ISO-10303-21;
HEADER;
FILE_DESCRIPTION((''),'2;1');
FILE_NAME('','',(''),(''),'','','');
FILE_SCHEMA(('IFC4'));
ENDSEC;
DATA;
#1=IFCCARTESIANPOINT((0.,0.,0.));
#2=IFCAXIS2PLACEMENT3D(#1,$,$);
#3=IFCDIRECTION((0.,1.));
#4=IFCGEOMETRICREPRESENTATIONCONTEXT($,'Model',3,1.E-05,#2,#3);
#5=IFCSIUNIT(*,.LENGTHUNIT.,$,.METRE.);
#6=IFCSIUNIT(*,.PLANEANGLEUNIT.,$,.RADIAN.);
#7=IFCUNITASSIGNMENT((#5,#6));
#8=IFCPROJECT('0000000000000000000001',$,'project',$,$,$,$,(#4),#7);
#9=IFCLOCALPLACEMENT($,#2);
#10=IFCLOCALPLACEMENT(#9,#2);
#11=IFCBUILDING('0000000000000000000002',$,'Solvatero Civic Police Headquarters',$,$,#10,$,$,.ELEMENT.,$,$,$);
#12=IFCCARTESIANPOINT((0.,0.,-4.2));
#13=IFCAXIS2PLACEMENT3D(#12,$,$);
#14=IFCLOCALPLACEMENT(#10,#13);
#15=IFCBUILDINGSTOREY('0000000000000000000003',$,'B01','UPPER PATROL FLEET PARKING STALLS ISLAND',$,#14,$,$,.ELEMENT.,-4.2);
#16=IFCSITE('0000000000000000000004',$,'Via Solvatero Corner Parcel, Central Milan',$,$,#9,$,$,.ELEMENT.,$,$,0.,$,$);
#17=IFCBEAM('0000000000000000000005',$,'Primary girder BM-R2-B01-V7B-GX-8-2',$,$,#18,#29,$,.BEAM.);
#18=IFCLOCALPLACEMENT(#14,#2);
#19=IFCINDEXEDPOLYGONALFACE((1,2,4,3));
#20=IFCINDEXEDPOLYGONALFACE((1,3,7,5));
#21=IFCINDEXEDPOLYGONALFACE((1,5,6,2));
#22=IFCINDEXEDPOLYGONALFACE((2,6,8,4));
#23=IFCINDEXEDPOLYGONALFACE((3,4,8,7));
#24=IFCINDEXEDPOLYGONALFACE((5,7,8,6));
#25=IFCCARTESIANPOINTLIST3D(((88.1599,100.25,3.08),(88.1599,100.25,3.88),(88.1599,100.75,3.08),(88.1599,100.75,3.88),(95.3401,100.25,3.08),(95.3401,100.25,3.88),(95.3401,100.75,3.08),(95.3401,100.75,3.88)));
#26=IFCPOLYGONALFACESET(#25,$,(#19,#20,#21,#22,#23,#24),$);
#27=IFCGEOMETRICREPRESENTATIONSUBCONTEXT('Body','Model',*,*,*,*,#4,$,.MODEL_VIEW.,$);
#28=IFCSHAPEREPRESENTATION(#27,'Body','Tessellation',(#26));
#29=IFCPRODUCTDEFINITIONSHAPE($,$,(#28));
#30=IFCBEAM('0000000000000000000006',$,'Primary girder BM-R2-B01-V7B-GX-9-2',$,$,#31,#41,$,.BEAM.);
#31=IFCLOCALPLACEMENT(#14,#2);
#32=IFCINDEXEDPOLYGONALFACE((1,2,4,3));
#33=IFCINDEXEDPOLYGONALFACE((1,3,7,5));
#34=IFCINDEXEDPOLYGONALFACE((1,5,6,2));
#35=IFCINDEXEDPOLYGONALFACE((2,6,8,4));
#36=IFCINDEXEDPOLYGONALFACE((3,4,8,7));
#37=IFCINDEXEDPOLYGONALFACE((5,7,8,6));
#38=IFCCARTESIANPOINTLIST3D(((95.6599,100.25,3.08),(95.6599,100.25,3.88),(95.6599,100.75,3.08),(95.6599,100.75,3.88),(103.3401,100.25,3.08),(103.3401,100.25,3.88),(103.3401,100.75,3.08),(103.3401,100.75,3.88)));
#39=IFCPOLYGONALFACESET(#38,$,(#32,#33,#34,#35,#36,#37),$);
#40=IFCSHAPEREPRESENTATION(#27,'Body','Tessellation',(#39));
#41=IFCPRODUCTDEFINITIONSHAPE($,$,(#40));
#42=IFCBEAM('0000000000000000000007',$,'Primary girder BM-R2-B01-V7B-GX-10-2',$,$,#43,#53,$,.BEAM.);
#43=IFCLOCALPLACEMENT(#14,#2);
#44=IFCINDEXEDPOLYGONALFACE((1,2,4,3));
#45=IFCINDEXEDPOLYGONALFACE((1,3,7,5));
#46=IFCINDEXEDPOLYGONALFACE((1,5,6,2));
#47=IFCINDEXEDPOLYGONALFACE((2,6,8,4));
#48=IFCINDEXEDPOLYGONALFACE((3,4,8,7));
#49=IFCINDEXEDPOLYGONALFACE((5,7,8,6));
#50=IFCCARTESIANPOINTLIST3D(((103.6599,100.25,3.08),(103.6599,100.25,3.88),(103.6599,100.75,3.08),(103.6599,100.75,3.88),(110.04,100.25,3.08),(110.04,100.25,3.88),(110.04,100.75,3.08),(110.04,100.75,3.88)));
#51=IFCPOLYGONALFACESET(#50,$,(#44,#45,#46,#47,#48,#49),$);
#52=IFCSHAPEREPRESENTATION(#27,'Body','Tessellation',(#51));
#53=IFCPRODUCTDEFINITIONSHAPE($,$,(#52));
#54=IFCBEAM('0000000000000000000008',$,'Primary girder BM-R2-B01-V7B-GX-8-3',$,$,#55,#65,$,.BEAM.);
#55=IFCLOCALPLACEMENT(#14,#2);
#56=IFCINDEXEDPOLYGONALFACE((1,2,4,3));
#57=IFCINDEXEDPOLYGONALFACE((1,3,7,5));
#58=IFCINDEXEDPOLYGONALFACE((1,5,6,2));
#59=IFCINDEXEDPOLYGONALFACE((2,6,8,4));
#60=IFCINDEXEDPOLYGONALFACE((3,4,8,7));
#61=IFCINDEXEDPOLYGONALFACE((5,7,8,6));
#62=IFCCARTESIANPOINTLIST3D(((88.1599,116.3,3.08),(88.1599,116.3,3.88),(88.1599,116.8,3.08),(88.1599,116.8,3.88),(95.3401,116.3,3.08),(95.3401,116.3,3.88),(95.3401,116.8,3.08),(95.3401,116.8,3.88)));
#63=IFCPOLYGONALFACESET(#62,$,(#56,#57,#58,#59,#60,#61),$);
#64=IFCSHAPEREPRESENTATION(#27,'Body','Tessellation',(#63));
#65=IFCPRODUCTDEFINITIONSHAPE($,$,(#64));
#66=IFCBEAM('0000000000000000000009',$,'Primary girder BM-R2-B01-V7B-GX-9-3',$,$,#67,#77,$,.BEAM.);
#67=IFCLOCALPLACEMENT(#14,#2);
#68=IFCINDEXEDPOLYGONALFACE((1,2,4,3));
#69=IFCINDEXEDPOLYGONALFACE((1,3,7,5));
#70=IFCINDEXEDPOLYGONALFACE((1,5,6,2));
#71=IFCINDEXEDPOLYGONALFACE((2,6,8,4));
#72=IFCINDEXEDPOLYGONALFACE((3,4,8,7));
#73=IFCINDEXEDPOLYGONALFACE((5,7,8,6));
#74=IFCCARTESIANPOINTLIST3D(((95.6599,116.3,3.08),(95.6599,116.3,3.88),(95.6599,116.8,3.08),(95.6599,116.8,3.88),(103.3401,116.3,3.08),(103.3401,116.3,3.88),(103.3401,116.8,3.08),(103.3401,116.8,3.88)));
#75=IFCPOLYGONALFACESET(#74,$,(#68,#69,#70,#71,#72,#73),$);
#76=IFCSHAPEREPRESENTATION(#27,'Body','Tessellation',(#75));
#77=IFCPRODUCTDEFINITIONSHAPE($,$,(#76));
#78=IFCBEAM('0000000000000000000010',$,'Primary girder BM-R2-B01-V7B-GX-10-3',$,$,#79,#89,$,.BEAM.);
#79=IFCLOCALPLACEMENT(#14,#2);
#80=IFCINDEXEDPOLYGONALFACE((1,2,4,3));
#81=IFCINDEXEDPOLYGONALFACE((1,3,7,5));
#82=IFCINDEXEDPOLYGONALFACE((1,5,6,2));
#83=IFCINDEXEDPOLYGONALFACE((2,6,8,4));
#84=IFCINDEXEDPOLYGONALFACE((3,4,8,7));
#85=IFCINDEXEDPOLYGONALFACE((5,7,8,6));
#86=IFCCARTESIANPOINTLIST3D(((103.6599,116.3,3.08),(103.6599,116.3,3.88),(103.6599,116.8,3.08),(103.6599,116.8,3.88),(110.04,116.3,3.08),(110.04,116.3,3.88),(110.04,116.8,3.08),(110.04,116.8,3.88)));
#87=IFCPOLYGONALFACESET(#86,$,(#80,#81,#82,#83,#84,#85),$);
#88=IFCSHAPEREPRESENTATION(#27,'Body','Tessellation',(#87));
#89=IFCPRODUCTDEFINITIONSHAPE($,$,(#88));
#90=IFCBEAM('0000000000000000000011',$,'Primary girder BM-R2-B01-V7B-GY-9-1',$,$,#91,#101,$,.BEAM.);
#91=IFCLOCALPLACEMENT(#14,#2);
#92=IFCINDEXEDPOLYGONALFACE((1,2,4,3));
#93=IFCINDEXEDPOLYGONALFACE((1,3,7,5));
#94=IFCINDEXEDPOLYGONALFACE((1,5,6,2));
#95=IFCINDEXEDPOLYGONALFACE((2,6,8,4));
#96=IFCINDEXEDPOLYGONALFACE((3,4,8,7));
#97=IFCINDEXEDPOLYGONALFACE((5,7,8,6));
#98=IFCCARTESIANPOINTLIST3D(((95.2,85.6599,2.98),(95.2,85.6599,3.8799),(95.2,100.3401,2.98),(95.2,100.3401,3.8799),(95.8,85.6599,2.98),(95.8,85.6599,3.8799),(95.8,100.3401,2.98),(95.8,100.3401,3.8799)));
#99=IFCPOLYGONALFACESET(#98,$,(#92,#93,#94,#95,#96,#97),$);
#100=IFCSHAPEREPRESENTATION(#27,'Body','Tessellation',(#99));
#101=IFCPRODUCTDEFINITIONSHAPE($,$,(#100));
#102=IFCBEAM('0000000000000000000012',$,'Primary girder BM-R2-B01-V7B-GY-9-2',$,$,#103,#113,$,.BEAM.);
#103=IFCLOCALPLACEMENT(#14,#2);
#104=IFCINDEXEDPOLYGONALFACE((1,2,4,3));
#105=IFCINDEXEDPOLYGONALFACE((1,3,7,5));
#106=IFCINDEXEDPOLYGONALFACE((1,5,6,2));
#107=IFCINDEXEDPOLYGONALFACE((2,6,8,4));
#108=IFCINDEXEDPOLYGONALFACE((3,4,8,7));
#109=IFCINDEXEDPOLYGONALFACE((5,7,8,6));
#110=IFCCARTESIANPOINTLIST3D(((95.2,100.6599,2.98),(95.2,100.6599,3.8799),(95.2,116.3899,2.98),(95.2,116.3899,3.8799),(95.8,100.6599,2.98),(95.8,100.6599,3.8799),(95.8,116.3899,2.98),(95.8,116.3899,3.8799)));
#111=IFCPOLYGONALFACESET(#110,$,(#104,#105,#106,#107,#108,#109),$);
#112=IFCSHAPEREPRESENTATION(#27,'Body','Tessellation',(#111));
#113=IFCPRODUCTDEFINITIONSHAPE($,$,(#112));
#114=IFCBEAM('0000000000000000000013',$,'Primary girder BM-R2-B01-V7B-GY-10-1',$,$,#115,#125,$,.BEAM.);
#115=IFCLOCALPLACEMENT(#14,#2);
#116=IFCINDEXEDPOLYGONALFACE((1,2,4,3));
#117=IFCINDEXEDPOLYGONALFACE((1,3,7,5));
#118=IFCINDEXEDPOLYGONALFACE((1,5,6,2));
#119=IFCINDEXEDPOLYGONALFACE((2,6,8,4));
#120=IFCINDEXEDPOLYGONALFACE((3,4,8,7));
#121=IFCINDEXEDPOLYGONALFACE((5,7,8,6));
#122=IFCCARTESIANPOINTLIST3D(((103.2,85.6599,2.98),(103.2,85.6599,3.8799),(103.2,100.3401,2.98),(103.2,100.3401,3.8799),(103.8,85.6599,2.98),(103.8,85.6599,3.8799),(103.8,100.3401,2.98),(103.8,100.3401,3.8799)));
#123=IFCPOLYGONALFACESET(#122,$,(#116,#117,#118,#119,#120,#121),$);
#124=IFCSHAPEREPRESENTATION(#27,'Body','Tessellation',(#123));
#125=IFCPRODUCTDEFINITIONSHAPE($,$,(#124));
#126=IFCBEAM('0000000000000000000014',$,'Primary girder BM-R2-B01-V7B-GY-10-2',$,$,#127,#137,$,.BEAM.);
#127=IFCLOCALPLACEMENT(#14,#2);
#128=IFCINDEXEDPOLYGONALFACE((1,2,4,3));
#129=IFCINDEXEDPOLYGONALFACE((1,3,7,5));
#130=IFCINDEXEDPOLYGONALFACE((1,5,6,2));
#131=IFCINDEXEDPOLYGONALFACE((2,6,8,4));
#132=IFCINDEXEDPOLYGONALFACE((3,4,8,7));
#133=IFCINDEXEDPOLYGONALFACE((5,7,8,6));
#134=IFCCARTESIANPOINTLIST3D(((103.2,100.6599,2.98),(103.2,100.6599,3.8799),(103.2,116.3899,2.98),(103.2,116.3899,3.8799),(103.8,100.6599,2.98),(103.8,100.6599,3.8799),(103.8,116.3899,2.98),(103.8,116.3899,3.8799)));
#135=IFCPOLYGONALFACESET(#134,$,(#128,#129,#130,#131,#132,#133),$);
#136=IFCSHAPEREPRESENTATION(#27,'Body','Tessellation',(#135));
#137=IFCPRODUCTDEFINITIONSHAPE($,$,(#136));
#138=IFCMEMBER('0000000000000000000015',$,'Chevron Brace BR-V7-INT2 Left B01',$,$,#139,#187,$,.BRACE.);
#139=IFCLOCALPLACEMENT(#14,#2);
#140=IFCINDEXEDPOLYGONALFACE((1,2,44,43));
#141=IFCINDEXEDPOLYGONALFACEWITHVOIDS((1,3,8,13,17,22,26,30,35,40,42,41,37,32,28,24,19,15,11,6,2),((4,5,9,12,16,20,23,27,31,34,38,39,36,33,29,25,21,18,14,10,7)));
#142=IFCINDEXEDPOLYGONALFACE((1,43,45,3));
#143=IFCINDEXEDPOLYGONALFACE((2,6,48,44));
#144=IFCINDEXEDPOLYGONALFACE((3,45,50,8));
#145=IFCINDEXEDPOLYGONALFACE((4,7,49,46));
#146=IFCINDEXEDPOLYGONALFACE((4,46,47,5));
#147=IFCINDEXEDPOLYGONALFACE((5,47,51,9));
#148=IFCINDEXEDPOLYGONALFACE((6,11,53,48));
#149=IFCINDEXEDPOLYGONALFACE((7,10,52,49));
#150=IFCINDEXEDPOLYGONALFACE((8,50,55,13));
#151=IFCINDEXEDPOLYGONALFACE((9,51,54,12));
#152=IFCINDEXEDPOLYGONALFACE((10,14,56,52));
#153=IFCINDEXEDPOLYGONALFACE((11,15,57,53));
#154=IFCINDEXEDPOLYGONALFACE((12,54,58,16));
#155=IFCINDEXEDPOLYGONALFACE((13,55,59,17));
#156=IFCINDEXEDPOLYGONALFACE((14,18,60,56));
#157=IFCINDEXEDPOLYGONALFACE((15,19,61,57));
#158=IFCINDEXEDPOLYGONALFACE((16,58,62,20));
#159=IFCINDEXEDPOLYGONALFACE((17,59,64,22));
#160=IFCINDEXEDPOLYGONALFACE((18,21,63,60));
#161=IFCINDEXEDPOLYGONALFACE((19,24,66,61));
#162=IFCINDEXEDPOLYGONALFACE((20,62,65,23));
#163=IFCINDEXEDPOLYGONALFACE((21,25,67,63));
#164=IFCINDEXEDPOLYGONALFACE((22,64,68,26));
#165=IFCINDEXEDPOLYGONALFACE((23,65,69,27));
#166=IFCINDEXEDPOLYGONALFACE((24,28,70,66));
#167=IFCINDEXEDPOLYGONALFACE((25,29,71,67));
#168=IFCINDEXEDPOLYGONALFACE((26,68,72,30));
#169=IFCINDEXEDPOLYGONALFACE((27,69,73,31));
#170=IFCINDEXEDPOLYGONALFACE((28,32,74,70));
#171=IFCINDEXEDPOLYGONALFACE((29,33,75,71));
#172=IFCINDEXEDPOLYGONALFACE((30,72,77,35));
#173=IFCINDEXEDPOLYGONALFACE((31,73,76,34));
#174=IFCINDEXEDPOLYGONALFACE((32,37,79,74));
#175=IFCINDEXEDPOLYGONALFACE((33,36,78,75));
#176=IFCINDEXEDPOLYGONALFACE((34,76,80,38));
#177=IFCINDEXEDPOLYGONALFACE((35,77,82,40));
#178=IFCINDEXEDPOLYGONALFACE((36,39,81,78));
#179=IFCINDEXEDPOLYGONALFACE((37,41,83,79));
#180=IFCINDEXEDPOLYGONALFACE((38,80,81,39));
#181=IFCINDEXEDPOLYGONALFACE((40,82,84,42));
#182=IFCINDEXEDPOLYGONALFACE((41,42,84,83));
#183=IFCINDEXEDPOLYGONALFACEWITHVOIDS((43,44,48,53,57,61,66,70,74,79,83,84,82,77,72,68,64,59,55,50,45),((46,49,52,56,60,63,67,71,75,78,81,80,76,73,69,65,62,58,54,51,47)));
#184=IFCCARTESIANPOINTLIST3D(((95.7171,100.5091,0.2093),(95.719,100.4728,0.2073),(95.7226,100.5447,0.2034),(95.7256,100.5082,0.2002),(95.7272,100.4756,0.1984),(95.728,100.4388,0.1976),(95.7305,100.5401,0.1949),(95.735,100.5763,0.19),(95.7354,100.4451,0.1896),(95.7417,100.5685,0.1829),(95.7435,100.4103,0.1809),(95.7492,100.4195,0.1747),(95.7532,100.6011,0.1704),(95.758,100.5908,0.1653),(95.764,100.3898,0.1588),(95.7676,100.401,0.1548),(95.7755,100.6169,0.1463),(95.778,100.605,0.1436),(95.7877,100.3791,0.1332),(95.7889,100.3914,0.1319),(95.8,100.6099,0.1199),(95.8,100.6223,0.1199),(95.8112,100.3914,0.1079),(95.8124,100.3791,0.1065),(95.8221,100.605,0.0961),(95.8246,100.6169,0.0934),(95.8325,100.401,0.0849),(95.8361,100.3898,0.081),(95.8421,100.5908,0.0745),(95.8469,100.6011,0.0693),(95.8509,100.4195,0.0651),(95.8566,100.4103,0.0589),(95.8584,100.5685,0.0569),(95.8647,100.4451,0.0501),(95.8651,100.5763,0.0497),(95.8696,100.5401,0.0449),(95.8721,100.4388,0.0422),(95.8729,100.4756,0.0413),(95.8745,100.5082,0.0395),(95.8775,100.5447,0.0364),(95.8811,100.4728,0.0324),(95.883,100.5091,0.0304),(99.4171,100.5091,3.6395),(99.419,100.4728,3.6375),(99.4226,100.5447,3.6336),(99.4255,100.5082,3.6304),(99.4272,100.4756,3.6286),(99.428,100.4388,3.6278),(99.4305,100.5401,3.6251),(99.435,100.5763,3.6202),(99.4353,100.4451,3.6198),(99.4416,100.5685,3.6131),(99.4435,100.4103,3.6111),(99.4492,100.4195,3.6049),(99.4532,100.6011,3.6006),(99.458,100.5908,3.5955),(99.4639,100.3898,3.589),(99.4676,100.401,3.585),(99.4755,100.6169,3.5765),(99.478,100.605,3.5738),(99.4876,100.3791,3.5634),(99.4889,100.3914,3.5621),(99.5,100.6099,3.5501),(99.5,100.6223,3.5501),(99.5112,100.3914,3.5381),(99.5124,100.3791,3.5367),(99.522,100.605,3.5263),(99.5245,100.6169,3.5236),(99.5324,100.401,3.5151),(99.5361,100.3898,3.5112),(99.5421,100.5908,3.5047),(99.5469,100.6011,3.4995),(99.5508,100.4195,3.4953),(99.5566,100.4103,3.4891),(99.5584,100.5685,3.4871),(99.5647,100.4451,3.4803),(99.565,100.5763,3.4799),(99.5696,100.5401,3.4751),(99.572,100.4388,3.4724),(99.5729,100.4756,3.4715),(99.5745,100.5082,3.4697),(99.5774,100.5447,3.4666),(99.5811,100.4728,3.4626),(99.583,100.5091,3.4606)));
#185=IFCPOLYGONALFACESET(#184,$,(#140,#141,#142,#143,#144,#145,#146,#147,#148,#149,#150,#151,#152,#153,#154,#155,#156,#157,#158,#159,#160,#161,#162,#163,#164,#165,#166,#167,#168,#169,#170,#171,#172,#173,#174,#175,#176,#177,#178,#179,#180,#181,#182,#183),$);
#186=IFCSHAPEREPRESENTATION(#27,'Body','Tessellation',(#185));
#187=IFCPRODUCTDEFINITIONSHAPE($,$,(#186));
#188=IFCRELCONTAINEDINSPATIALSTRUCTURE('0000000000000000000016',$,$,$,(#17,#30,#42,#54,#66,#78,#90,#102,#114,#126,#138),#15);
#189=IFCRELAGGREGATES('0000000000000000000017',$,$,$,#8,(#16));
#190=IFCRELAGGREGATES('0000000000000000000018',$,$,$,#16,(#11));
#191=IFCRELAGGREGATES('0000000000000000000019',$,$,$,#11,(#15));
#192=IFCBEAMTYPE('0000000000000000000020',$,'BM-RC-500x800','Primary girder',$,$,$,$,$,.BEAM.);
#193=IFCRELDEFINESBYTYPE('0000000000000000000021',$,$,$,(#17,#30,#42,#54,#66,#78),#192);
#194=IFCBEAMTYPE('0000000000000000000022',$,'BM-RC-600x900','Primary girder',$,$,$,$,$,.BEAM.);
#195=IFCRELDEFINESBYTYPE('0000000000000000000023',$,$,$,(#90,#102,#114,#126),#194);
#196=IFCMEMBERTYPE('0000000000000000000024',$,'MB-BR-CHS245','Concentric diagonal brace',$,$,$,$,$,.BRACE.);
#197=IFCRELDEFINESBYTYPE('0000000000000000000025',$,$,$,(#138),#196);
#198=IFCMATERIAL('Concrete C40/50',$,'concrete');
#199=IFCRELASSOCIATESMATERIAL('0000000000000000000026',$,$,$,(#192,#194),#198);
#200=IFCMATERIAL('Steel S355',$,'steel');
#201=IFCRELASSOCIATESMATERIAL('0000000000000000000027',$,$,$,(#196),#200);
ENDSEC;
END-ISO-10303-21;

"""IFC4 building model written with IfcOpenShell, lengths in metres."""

from ifc_helpers import new_model, si_unit, direction, frame, origin, origin_2d, place, context, subcontext, project, spatial, rectangle, hollow_circle, extrude, material, material_profile, profile_set, type_object, element, save


model = new_model("IFC4")

# Units and contexts
model_context = context("Model", 3, precision=1e-05, world=origin(), true_north=direction((0.0, 1.0)))
body_context = subcontext(model_context, "Body", "Model", "MODEL_VIEW")
ifc_project = project(units=[si_unit("LENGTHUNIT", "METRE"), si_unit("PLANEANGLEUNIT", "RADIAN")], contexts=[model_context])

# Site, building, storey
site_placement = place(None, origin())
site = spatial("IfcSite", under=ifc_project, at=site_placement, Name="Via Solvatero Corner Parcel, Central Milan", CompositionType="ELEMENT", RefElevation=0.0)
building_placement = place(site_placement, origin())
building = spatial("IfcBuilding", under=site, at=building_placement, Name="Solvatero Civic Police Headquarters", CompositionType="ELEMENT")
storey_placement = place(building_placement, frame((0.0, 0.0, -4.2)))
storey = spatial("IfcBuildingStorey", under=building, at=storey_placement, Name="B01", Description="UPPER PATROL FLEET PARKING STALLS ISLAND", CompositionType="ELEMENT", Elevation=-4.2)

# Shared definitions
ifc_material_1 = material(Name="Concrete C40/50", Category="concrete")

# Beams
ifc_material_profile_1 = material_profile(ifc_material_1, rectangle(XDim=0.5, YDim=0.8, at=origin_2d()), Name="RC 500x800")
ifc_profile_set_1 = profile_set([ifc_material_profile_1], Name="Concrete C40/50")
beam_type_1 = type_object("IfcBeamType", Name="BM-RC-500x800", Description="Primary girder", PredefinedType="BEAM", material=ifc_profile_set_1)
beam_1_placement = place(storey_placement, frame((88.1599, 100.5, 3.48), z_axis=(1.0, 0.0, 0.0), x_axis=(0.0, 1.0, 0.0)))
element("IfcBeam", 1, at=beam_1_placement, inside=storey, type_object=beam_type_1, Name="Primary girder BM-R2-B01-V7B-GX-8-2", PredefinedType="BEAM", context=body_context, shape_type="SweptSolid", body=[
    extrude(rectangle(XDim=0.5, YDim=0.8, at=origin_2d()), origin(), (0.0, 0.0, 1.0), 7.1802),
])
beam_2_placement = place(storey_placement, frame((95.6599, 100.5, 3.48), z_axis=(1.0, 0.0, 0.0), x_axis=(0.0, 1.0, 0.0)))
element("IfcBeam", 2, at=beam_2_placement, inside=storey, type_object=beam_type_1, Name="Primary girder BM-R2-B01-V7B-GX-9-2", PredefinedType="BEAM", context=body_context, shape_type="SweptSolid", body=[
    extrude(rectangle(XDim=0.5, YDim=0.8, at=origin_2d()), origin(), (0.0, 0.0, 1.0), 7.6802),
])
beam_3_placement = place(storey_placement, frame((103.6599, 100.5, 3.48), z_axis=(1.0, 0.0, 0.0), x_axis=(0.0, 1.0, 0.0)))
element("IfcBeam", 3, at=beam_3_placement, inside=storey, type_object=beam_type_1, Name="Primary girder BM-R2-B01-V7B-GX-10-2", PredefinedType="BEAM", context=body_context, shape_type="SweptSolid", body=[
    extrude(rectangle(XDim=0.5, YDim=0.8, at=origin_2d()), origin(), (0.0, 0.0, 1.0), 6.3801),
])
beam_4_placement = place(storey_placement, frame((88.1599, 116.55, 3.48), z_axis=(1.0, 0.0, 0.0), x_axis=(0.0, 1.0, 0.0)))
element("IfcBeam", 4, at=beam_4_placement, inside=storey, type_object=beam_type_1, Name="Primary girder BM-R2-B01-V7B-GX-8-3", PredefinedType="BEAM", context=body_context, shape_type="SweptSolid", body=[
    extrude(rectangle(XDim=0.5, YDim=0.8, at=origin_2d()), origin(), (0.0, 0.0, 1.0), 7.1802),
])
beam_5_placement = place(storey_placement, frame((95.6599, 116.55, 3.48), z_axis=(1.0, 0.0, 0.0), x_axis=(0.0, 1.0, 0.0)))
element("IfcBeam", 5, at=beam_5_placement, inside=storey, type_object=beam_type_1, Name="Primary girder BM-R2-B01-V7B-GX-9-3", PredefinedType="BEAM", context=body_context, shape_type="SweptSolid", body=[
    extrude(rectangle(XDim=0.5, YDim=0.8, at=origin_2d()), origin(), (0.0, 0.0, 1.0), 7.6802),
])
beam_6_placement = place(storey_placement, frame((103.6599, 116.55, 3.48), z_axis=(1.0, 0.0, 0.0), x_axis=(0.0, 1.0, 0.0)))
element("IfcBeam", 6, at=beam_6_placement, inside=storey, type_object=beam_type_1, Name="Primary girder BM-R2-B01-V7B-GX-10-3", PredefinedType="BEAM", context=body_context, shape_type="SweptSolid", body=[
    extrude(rectangle(XDim=0.5, YDim=0.8, at=origin_2d()), origin(), (0.0, 0.0, 1.0), 6.3801),
])
ifc_material_profile_2 = material_profile(ifc_material_1, rectangle(XDim=0.6001, YDim=0.8999, at=origin_2d()), Name="RC 600x900")
ifc_profile_set_2 = profile_set([ifc_material_profile_2], Name="Concrete C40/50")
beam_type_2 = type_object("IfcBeamType", Name="BM-RC-600x900", Description="Primary girder", PredefinedType="BEAM", material=ifc_profile_set_2)
beam_7_placement = place(storey_placement, frame((95.5, 85.6599, 3.4299), z_axis=(0.0, 1.0, 0.0), x_axis=(-1.0, 0.0, 0.0)))
element("IfcBeam", 7, at=beam_7_placement, inside=storey, type_object=beam_type_2, Name="Primary girder BM-R2-B01-V7B-GY-9-1", PredefinedType="BEAM", context=body_context, shape_type="SweptSolid", body=[
    extrude(rectangle(XDim=0.6001, YDim=0.8999, at=origin_2d()), origin(), (0.0, 0.0, 1.0), 14.6802),
])
beam_8_placement = place(storey_placement, frame((95.5, 100.6599, 3.4299), z_axis=(0.0, 1.0, 0.0), x_axis=(-1.0, 0.0, 0.0)))
element("IfcBeam", 8, at=beam_8_placement, inside=storey, type_object=beam_type_2, Name="Primary girder BM-R2-B01-V7B-GY-9-2", PredefinedType="BEAM", context=body_context, shape_type="SweptSolid", body=[
    extrude(rectangle(XDim=0.6001, YDim=0.8999, at=origin_2d()), origin(), (0.0, 0.0, 1.0), 15.73),
])
beam_9_placement = place(storey_placement, frame((103.5, 85.6599, 3.4299), z_axis=(0.0, 1.0, 0.0), x_axis=(-1.0, 0.0, 0.0)))
element("IfcBeam", 9, at=beam_9_placement, inside=storey, type_object=beam_type_2, Name="Primary girder BM-R2-B01-V7B-GY-10-1", PredefinedType="BEAM", context=body_context, shape_type="SweptSolid", body=[
    extrude(rectangle(XDim=0.6001, YDim=0.8999, at=origin_2d()), origin(), (0.0, 0.0, 1.0), 14.6802),
])
beam_10_placement = place(storey_placement, frame((103.5, 100.6599, 3.4299), z_axis=(0.0, 1.0, 0.0), x_axis=(-1.0, 0.0, 0.0)))
element("IfcBeam", 10, at=beam_10_placement, inside=storey, type_object=beam_type_2, Name="Primary girder BM-R2-B01-V7B-GY-10-2", PredefinedType="BEAM", context=body_context, shape_type="SweptSolid", body=[
    extrude(rectangle(XDim=0.6001, YDim=0.8999, at=origin_2d()), origin(), (0.0, 0.0, 1.0), 15.73),
])

# Member
ifc_material_2 = material(Name="Steel S355", Category="steel")
ifc_material_profile_3 = material_profile(ifc_material_2, hollow_circle(Radius=0.1223, WallThickness=0.0125, at=origin_2d()), Name="CHS 244.5x12.5")
ifc_profile_set_3 = profile_set([ifc_material_profile_3], Name="Steel S355")
member_type = type_object("IfcMemberType", Name="MB-BR-CHS245", Description="Concentric diagonal brace", PredefinedType="BRACE", material=ifc_profile_set_3)
for number, where, z_axis, x_axis, name in (
    (11, (95.8, 100.5, 0.1199), (0.733336, 0.0, 0.679866), (0.0, 1.0, 0.0), "Chevron Brace BR-V7-INT2 Left B01"),
):
    element("IfcMember", number, at=place(storey_placement, frame(where, z_axis=z_axis, x_axis=x_axis)), inside=storey, type_object=member_type, Name=name, PredefinedType="BRACE", context=body_context, shape_type="SweptSolid", body=[
        extrude(hollow_circle(Radius=0.1223, WallThickness=0.0125, at=origin_2d()), origin(), (0.0, 0.0, 1.0), 5.0454),
    ])

save(model, "model.ifc")
